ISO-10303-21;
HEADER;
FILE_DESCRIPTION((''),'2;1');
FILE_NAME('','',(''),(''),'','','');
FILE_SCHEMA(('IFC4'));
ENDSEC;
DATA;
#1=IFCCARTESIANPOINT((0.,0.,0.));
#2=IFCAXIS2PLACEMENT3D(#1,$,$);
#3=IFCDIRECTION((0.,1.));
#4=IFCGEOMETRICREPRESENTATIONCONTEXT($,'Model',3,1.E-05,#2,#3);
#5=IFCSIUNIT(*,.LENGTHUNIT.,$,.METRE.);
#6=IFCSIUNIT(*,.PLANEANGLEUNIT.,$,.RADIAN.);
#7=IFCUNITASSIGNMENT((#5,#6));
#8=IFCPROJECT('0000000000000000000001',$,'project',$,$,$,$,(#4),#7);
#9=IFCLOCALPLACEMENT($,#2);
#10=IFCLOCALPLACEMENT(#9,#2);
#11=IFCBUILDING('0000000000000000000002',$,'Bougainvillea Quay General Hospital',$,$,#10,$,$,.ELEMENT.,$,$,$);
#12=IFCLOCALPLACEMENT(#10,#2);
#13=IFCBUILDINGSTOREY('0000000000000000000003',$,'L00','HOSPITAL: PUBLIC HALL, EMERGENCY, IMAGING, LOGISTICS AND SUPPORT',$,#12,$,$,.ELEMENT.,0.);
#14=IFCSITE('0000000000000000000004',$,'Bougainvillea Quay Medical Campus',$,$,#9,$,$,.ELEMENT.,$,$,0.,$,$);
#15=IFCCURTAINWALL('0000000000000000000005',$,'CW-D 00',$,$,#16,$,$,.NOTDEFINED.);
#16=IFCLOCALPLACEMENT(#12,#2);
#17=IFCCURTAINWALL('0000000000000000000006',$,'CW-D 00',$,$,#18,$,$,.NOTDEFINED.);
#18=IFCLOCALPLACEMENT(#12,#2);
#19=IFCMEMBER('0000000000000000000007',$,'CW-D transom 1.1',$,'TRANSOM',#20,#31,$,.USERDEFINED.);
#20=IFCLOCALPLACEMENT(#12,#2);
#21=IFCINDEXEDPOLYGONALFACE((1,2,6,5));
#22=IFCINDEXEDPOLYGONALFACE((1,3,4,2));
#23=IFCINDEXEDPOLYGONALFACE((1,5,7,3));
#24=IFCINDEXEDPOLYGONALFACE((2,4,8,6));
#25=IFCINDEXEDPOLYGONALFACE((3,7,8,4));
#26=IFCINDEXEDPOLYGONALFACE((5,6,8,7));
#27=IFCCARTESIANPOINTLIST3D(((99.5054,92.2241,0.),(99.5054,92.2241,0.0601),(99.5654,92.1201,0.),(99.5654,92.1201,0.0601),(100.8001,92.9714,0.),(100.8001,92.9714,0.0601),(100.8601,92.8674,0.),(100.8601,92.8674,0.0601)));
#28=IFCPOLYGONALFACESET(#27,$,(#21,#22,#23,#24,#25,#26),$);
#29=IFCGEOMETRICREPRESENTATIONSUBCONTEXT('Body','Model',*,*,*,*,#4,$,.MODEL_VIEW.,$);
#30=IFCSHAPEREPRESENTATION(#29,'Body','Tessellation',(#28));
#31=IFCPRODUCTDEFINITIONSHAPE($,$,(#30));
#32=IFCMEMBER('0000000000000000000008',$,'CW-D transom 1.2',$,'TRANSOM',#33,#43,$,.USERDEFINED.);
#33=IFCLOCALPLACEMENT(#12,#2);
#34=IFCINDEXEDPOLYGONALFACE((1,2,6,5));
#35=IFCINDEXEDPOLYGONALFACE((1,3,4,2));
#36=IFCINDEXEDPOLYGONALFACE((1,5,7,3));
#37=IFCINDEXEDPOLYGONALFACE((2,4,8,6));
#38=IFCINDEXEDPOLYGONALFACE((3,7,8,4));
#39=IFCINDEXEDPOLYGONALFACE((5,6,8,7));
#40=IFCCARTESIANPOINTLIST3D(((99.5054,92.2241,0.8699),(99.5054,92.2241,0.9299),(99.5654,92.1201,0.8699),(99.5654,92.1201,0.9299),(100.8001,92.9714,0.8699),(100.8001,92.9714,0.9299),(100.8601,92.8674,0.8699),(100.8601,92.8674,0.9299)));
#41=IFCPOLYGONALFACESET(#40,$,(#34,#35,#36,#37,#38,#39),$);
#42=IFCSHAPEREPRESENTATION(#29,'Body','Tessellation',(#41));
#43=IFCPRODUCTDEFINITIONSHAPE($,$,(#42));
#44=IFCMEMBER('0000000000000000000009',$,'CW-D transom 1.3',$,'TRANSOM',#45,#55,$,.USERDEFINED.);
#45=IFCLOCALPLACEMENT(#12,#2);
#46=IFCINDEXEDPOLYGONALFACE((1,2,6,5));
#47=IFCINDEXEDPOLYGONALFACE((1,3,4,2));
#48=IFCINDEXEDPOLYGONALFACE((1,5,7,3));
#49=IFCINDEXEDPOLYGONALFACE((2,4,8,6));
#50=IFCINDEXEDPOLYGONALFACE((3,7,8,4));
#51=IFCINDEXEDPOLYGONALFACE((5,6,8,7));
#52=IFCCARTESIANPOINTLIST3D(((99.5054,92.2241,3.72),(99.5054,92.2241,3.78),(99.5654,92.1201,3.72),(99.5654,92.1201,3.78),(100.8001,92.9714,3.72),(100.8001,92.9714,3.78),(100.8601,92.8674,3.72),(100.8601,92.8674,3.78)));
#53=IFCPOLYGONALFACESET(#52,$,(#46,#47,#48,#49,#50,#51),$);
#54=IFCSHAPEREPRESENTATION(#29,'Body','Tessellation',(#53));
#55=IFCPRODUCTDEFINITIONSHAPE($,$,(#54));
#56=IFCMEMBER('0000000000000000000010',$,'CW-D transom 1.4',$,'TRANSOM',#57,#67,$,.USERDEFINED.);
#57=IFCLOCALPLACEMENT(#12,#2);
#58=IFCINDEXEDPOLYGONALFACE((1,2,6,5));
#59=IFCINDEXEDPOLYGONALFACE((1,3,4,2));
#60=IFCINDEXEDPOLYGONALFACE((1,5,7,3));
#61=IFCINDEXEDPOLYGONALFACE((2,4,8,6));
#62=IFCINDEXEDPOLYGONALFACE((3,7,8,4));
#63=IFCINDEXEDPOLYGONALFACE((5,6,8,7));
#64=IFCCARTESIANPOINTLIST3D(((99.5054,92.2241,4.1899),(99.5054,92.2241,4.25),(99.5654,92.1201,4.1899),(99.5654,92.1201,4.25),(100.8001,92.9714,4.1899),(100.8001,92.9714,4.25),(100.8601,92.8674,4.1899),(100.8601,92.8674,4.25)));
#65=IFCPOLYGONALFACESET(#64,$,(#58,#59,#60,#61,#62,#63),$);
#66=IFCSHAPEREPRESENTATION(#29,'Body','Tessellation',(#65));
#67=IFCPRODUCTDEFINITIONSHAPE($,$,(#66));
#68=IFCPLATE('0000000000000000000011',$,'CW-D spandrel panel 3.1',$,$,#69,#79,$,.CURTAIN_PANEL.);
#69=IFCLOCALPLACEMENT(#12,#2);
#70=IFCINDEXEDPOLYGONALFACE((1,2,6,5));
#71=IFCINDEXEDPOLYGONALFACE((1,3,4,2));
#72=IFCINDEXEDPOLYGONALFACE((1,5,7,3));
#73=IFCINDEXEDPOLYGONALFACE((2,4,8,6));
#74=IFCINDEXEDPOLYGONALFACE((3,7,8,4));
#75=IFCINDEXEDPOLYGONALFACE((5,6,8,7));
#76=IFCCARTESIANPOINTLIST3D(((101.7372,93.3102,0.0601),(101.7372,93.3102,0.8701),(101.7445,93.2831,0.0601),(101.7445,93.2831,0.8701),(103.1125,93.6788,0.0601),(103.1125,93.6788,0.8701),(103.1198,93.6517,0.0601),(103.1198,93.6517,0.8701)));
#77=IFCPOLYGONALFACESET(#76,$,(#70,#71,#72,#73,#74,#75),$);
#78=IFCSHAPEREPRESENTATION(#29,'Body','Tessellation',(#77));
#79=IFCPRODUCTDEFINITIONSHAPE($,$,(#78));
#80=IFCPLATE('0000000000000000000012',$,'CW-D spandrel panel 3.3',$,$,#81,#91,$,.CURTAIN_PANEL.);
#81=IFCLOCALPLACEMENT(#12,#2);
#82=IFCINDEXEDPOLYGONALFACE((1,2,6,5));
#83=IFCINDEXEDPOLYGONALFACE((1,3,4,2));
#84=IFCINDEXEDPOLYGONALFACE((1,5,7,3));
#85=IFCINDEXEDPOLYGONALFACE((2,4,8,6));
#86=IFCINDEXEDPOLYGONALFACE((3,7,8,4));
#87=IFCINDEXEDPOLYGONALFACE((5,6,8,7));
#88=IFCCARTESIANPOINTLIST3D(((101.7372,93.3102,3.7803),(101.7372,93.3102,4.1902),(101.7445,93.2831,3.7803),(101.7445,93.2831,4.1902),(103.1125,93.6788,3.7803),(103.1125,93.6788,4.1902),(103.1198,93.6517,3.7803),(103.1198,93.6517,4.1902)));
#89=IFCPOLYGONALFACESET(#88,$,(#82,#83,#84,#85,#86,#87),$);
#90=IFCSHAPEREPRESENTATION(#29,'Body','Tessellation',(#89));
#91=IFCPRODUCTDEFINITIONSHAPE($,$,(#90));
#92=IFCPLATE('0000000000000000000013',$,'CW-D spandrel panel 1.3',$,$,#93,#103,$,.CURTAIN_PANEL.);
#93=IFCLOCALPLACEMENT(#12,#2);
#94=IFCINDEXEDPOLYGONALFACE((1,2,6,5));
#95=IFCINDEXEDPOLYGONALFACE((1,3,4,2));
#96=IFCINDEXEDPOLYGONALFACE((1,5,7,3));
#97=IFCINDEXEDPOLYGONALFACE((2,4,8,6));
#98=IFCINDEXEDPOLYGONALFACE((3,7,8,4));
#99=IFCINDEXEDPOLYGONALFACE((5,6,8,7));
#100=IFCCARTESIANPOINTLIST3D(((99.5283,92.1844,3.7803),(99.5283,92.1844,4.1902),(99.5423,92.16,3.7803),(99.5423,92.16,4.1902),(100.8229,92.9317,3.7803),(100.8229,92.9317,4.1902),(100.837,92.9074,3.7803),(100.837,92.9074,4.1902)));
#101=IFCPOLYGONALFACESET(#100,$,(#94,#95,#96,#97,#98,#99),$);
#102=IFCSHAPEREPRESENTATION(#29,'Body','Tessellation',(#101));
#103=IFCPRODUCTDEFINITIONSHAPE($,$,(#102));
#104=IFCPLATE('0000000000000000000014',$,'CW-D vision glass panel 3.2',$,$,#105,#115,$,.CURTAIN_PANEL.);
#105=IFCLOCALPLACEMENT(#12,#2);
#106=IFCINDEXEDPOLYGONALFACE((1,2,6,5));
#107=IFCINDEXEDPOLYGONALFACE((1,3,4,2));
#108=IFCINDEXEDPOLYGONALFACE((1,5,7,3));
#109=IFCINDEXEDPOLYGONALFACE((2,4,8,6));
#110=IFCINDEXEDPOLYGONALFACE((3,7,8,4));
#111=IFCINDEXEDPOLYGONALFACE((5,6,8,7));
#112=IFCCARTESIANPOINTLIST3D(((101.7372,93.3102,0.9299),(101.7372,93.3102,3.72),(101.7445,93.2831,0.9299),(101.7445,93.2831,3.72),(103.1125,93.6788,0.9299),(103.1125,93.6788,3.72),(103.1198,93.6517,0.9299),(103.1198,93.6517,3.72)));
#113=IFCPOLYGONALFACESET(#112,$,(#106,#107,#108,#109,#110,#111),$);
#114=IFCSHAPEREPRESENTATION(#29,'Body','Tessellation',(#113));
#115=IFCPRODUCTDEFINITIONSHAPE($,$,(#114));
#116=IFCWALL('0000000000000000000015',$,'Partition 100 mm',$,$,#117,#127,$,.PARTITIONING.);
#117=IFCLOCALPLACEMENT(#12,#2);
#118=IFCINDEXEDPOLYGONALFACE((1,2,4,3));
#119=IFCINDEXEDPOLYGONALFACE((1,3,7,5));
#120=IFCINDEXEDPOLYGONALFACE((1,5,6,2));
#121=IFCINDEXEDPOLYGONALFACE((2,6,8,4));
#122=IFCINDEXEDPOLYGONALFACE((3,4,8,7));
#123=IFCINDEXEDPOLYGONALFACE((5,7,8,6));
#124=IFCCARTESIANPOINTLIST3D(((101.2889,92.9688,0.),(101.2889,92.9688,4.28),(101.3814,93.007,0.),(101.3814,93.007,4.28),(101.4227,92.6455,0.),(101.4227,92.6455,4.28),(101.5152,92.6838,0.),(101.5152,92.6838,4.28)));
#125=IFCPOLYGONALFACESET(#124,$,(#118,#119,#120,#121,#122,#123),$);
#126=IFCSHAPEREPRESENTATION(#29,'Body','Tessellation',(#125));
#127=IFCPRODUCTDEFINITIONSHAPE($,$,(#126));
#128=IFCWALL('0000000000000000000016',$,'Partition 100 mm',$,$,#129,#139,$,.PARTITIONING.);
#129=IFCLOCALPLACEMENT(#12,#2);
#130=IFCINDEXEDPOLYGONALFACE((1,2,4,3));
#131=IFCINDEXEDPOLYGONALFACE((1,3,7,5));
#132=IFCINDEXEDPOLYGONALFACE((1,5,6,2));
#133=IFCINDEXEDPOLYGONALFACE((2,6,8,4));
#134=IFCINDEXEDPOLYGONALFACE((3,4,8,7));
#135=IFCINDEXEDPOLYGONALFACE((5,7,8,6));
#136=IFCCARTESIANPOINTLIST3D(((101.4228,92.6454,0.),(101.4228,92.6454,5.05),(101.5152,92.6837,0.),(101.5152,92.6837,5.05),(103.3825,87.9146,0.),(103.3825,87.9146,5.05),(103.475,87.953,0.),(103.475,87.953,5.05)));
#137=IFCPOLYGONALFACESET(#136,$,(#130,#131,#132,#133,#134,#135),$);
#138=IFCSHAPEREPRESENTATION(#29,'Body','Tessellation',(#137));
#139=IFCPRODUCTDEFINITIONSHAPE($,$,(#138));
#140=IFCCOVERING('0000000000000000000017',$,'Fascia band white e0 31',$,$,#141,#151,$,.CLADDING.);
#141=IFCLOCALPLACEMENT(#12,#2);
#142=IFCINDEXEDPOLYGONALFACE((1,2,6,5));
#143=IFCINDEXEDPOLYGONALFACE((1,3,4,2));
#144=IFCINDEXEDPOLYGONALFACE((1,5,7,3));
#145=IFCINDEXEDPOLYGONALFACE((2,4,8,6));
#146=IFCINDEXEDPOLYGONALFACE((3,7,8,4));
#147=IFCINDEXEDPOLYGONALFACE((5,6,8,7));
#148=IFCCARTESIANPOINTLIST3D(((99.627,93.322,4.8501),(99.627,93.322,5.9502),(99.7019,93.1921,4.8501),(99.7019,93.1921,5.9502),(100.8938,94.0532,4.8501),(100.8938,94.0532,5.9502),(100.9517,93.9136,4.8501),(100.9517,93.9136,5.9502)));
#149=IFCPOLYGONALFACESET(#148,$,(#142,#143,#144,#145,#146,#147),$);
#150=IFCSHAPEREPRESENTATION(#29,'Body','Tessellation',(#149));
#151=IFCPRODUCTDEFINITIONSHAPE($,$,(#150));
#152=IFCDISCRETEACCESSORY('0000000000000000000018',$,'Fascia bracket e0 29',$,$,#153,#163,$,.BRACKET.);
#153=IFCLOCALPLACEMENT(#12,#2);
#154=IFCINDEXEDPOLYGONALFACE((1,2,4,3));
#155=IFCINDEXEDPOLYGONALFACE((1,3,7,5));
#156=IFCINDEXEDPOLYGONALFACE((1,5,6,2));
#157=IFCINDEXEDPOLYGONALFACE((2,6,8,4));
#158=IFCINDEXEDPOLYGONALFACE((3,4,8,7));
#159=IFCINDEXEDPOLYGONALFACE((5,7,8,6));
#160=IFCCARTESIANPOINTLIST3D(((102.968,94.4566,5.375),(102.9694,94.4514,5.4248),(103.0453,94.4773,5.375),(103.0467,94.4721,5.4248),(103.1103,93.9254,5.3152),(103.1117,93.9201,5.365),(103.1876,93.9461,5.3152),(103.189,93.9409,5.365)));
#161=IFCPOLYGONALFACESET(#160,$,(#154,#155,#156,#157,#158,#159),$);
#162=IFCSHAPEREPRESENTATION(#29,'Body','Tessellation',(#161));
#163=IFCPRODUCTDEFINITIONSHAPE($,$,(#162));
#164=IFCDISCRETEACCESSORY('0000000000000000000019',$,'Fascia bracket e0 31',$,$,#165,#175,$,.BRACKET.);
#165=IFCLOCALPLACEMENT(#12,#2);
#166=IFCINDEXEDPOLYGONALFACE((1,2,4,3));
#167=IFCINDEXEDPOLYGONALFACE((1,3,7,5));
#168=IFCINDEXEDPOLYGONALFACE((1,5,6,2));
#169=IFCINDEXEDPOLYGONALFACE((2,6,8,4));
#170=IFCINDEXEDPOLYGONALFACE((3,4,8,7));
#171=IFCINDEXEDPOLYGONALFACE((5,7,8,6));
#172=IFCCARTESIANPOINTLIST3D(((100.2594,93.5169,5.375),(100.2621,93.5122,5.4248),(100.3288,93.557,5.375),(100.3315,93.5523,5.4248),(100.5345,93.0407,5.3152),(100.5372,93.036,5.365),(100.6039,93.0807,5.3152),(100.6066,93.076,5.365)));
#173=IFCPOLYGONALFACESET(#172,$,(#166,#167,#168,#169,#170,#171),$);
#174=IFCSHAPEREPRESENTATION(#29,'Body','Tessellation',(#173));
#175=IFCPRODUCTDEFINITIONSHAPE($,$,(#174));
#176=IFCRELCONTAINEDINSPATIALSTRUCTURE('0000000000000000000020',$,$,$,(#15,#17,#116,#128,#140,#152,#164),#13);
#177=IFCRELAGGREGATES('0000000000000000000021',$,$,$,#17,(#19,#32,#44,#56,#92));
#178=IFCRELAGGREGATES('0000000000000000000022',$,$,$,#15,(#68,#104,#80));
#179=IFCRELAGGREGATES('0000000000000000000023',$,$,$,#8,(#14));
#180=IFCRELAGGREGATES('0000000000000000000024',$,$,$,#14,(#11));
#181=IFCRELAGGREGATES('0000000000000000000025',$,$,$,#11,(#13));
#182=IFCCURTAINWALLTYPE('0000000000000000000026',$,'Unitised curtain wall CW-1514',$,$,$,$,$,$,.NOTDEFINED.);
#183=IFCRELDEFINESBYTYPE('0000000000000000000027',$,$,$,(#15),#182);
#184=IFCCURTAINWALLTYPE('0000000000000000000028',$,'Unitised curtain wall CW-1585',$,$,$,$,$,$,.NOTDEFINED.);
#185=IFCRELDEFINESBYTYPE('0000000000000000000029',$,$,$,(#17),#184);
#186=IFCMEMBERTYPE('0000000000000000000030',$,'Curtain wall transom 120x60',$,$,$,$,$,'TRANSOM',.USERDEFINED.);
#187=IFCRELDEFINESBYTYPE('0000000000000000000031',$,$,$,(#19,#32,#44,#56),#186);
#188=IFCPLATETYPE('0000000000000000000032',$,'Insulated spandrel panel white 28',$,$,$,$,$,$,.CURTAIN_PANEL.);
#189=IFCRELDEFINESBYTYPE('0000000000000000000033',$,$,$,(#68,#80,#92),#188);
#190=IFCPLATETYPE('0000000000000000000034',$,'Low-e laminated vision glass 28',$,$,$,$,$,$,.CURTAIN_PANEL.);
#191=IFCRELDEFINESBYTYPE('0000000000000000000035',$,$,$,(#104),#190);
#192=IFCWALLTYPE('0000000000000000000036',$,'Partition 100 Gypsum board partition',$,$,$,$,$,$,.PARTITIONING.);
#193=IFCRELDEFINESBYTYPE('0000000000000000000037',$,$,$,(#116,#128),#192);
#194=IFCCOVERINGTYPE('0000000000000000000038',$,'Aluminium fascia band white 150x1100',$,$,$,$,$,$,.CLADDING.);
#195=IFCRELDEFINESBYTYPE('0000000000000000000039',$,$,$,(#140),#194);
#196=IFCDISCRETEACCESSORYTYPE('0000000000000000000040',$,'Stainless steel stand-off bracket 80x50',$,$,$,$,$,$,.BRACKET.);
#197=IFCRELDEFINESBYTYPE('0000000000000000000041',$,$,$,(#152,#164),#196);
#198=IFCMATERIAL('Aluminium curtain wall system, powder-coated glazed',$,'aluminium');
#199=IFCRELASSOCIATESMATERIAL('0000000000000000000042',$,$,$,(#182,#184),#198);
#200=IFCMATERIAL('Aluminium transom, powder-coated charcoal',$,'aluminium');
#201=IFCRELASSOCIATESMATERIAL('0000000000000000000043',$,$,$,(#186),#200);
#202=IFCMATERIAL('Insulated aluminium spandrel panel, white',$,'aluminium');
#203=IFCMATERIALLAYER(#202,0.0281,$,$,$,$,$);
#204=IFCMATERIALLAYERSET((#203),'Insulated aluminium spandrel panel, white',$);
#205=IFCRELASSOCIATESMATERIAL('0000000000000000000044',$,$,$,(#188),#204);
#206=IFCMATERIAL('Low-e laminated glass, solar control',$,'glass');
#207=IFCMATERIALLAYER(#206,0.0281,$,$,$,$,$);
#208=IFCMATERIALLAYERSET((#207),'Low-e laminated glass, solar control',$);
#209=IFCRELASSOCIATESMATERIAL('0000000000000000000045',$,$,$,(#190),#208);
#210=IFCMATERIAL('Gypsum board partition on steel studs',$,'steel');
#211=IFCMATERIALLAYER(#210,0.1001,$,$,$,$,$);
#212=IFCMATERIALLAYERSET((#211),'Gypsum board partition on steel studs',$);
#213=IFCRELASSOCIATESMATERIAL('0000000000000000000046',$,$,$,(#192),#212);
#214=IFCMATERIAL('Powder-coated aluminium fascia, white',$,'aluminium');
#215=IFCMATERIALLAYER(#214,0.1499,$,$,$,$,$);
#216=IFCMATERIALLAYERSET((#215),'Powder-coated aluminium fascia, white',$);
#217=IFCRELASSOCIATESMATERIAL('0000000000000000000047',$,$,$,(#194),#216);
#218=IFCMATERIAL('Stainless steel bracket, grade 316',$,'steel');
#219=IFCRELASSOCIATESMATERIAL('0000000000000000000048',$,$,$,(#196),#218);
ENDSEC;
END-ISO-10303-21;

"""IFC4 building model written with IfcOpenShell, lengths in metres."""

from ifc_helpers import new_model, si_unit, direction, frame, frame_2d, origin, origin_2d, place, context, subcontext, project, spatial, polyline, rectangle, outline, extrude, material, layer, layer_set, material_profile, profile_set, type_object, element, aggregate, save


model = new_model("IFC4")

# Units and contexts
model_context = context("Model", 3, precision=1e-05, world=origin(), true_north=direction((0.0, 1.0)))
body_context = subcontext(model_context, "Body", "Model", "MODEL_VIEW")
ifc_project = project(units=[si_unit("LENGTHUNIT", "METRE"), si_unit("PLANEANGLEUNIT", "RADIAN")], contexts=[model_context])

# Site, building, storey
site_placement = place(None, origin())
site = spatial("IfcSite", under=ifc_project, at=site_placement, Name="Bougainvillea Quay Medical Campus", CompositionType="ELEMENT", RefElevation=0.0)
building_placement = place(site_placement, origin())
building = spatial("IfcBuilding", under=site, at=building_placement, Name="Bougainvillea Quay General Hospital", CompositionType="ELEMENT")
storey_placement = place(building_placement, origin())
storey = spatial("IfcBuildingStorey", under=building, at=storey_placement, Name="L00", Description="HOSPITAL: PUBLIC HALL, EMERGENCY, IMAGING, LOGISTICS AND SUPPORT", CompositionType="ELEMENT", Elevation=0.0)

# Curtain wall
ifc_material_1 = material(Name="Aluminium curtain wall system, powder-coated glazed", Category="aluminium")
curtain_wall_type_1 = type_object("IfcCurtainWallType", Name="Unitised curtain wall CW-1514", PredefinedType="NOTDEFINED", material=ifc_material_1)
curtain_wall_1_placement = place(storey_placement, origin())
curtain_wall_1 = element("IfcCurtainWall", 1, at=curtain_wall_1_placement, inside=storey, type_object=curtain_wall_type_1, Name="CW-D 00", PredefinedType="NOTDEFINED")

# Curtain wall
curtain_wall_type_2 = type_object("IfcCurtainWallType", Name="Unitised curtain wall CW-1585", PredefinedType="NOTDEFINED", material=ifc_material_1)
curtain_wall_2_placement = place(storey_placement, origin())
curtain_wall_2 = element("IfcCurtainWall", 2, at=curtain_wall_2_placement, inside=storey, type_object=curtain_wall_type_2, Name="CW-D 00", PredefinedType="NOTDEFINED")

# Members
ifc_material_2 = material(Name="Aluminium transom, powder-coated charcoal", Category="aluminium")
ifc_material_profile_1 = material_profile(ifc_material_2, rectangle(XDim=0.1201, YDim=0.0601, at=origin_2d()))
ifc_profile_set_1 = profile_set([ifc_material_profile_1], Name="Aluminium transom, powder-coated charcoal")
member_type_1 = type_object("IfcMemberType", Name="Curtain wall transom 120x60", ElementType="TRANSOM", PredefinedType="USERDEFINED", material=ifc_profile_set_1)
member_1_placement = place(storey_placement, frame((100.8301, 92.9194, 0.03), z_axis=(-0.866074, -0.499916, 0.0), x_axis=(0.499916, -0.866074, 0.0)))
member_1 = element("IfcMember", 3, at=member_1_placement, type_object=member_type_1, Name="CW-D transom 1.1", ObjectType="TRANSOM", PredefinedType="USERDEFINED", context=body_context, shape_type="SweptSolid", body=[
    extrude(rectangle(XDim=0.1201, YDim=0.0601, at=origin_2d()), origin(), (0.0, 0.0, 1.0), 1.4949),
])
member_2_placement = place(storey_placement, frame((100.8301, 92.9194, 0.8999), z_axis=(-0.866074, -0.499916, 0.0), x_axis=(0.499916, -0.866074, 0.0)))
member_2 = element("IfcMember", 4, at=member_2_placement, type_object=member_type_1, Name="CW-D transom 1.2", ObjectType="TRANSOM", PredefinedType="USERDEFINED", context=body_context, shape_type="SweptSolid", body=[
    extrude(rectangle(XDim=0.1201, YDim=0.0601, at=origin_2d()), origin(), (0.0, 0.0, 1.0), 1.4949),
])
member_3_placement = place(storey_placement, frame((100.8301, 92.9194, 3.75), z_axis=(-0.866074, -0.499916, 0.0), x_axis=(0.499916, -0.866074, 0.0)))
member_3 = element("IfcMember", 5, at=member_3_placement, type_object=member_type_1, Name="CW-D transom 1.3", ObjectType="TRANSOM", PredefinedType="USERDEFINED", context=body_context, shape_type="SweptSolid", body=[
    extrude(rectangle(XDim=0.1201, YDim=0.0601, at=origin_2d()), origin(), (0.0, 0.0, 1.0), 1.4949),
])
member_4_placement = place(storey_placement, frame((100.8301, 92.9194, 4.22), z_axis=(-0.866074, -0.499916, 0.0), x_axis=(0.499916, -0.866074, 0.0)))
member_4 = element("IfcMember", 6, at=member_4_placement, type_object=member_type_1, Name="CW-D transom 1.4", ObjectType="TRANSOM", PredefinedType="USERDEFINED", context=body_context, shape_type="SweptSolid", body=[
    extrude(rectangle(XDim=0.1201, YDim=0.0601, at=origin_2d()), origin(), (0.0, 0.0, 1.0), 1.4949),
])

# Plates
ifc_material_3 = material(Name="Insulated aluminium spandrel panel, white", Category="aluminium")
ifc_layer_1 = layer(ifc_material_3, 0.0281)
ifc_layer_set_1 = layer_set([ifc_layer_1], Name="Insulated aluminium spandrel panel, white")
plate_type_1 = type_object("IfcPlateType", Name="Insulated spandrel panel white 28", PredefinedType="CURTAIN_PANEL", material=ifc_layer_set_1)
plate_1_placement = place(storey_placement, frame((102.4285, 93.481, 0.0601), z_axis=(0.0, 0.0, 1.0), x_axis=(-0.965916, -0.258855, 0.0)))
plate_1 = element("IfcPlate", 7, at=plate_1_placement, type_object=plate_type_1, Name="CW-D spandrel panel 3.1", PredefinedType="CURTAIN_PANEL", context=body_context, shape_type="SweptSolid", body=[
    extrude(rectangle(XDim=1.4238, YDim=0.0281, at=origin_2d()), origin(), (0.0, 0.0, 1.0), 0.8101),
])
plate_2_placement = place(storey_placement, frame((102.4285, 93.481, 3.7803), z_axis=(0.0, 0.0, 1.0), x_axis=(-0.965916, -0.258855, 0.0)))
plate_2 = element("IfcPlate", 8, at=plate_2_placement, type_object=plate_type_1, Name="CW-D spandrel panel 3.3", PredefinedType="CURTAIN_PANEL", context=body_context, shape_type="SweptSolid", body=[
    extrude(rectangle(XDim=1.4238, YDim=0.0281, at=origin_2d()), origin(), (0.0, 0.0, 1.0), 0.4099),
])
plate_3_placement = place(storey_placement, frame((100.1826, 92.5459, 3.7803), z_axis=(0.0, 0.0, 1.0), x_axis=(-0.866046, -0.499965, 0.0)))
plate_3 = element("IfcPlate", 9, at=plate_3_placement, type_object=plate_type_1, Name="CW-D spandrel panel 1.3", PredefinedType="CURTAIN_PANEL", context=body_context, shape_type="SweptSolid", body=[
    extrude(rectangle(XDim=1.4949, YDim=0.0281, at=origin_2d()), origin(), (0.0, 0.0, 1.0), 0.4099),
])
aggregate(curtain_wall_2, [member_1, member_2, member_3, member_4, plate_3])
ifc_material_4 = material(Name="Low-e laminated glass, solar control", Category="glass")
ifc_layer_2 = layer(ifc_material_4, 0.0281)
ifc_layer_set_2 = layer_set([ifc_layer_2], Name="Low-e laminated glass, solar control")
plate_type_2 = type_object("IfcPlateType", Name="Low-e laminated vision glass 28", PredefinedType="CURTAIN_PANEL", material=ifc_layer_set_2)
plate_4_placement = place(storey_placement, frame((102.4285, 93.481, 0.9299), z_axis=(0.0, 0.0, 1.0), x_axis=(-0.965916, -0.258855, 0.0)))
plate_4 = element("IfcPlate", 10, at=plate_4_placement, type_object=plate_type_2, Name="CW-D vision glass panel 3.2", PredefinedType="CURTAIN_PANEL", context=body_context, shape_type="SweptSolid", body=[
    extrude(rectangle(XDim=1.4238, YDim=0.0281, at=origin_2d()), origin(), (0.0, 0.0, 1.0), 2.79),
])
aggregate(curtain_wall_1, [plate_1, plate_4, plate_2])

# Walls
ifc_material_5 = material(Name="Gypsum board partition on steel studs", Category="steel")
ifc_layer_3 = layer(ifc_material_5, 0.1001)
ifc_layer_set_3 = layer_set([ifc_layer_3], Name="Gypsum board partition on steel studs")
wall_type = type_object("IfcWallType", Name="Partition 100 Gypsum board partition", PredefinedType="PARTITIONING", material=ifc_layer_set_3)
wall_1_placement = place(storey_placement, frame((101.3352, 92.9878, 0.0), z_axis=(0.0, 0.0, 1.0), x_axis=(0.382434, -0.923983, 0.0)))
element("IfcWall", 11, at=wall_1_placement, inside=storey, type_object=wall_type, Name="Partition 100 mm", PredefinedType="PARTITIONING", context=body_context, shape_type="SweptSolid", body=[
    extrude(rectangle(XDim=0.3499, YDim=0.1001, at=frame_2d((0.1748, 0.0))), origin(), (0.0, 0.0, 1.0), 4.28),
])
wall_2_placement = place(storey_placement, frame((101.469, 92.6646, 0.0), z_axis=(0.0, 0.0, 1.0), x_axis=(0.382715, -0.923866, 0.0)))
element("IfcWall", 12, at=wall_2_placement, inside=storey, type_object=wall_type, Name="Partition 100 mm", PredefinedType="PARTITIONING", context=body_context, shape_type="SweptSolid", body=[
    extrude(rectangle(XDim=5.1206, YDim=0.1001, at=frame_2d((2.5603, 0.0))), origin(), (0.0, 0.0, 1.0), 5.05),
])

# Covering
ifc_material_6 = material(Name="Powder-coated aluminium fascia, white", Category="aluminium")
ifc_layer_4 = layer(ifc_material_6, 0.1499)
ifc_layer_set_4 = layer_set([ifc_layer_4], Name="Powder-coated aluminium fascia, white")
covering_type = type_object("IfcCoveringType", Name="Aluminium fascia band white 150x1100", PredefinedType="CLADDING", material=ifc_layer_set_4)
covering_placement = place(storey_placement, frame((100.9517, 93.9136, 4.8501), z_axis=(0.0, 0.0, 1.0), x_axis=(-0.866059, -0.499942, 0.0)))
element("IfcCovering", 13, at=covering_placement, inside=storey, type_object=covering_type, Name="Fascia band white e0 31", PredefinedType="CLADDING", context=body_context, shape_type="SweptSolid", body=[
    extrude(outline(polyline([(0.0, 0.0), (1.443, 0.0), (1.443, -0.15), (-0.0197, -0.1499), (0.0, 0.0)])), origin(), (0.0, 0.0, 1.0), 1.1001),
])

# Discrete accessories
ifc_material_7 = material(Name="Stainless steel bracket, grade 316", Category="steel")
ifc_material_profile_2 = material_profile(ifc_material_7, rectangle(XDim=0.0801, YDim=0.05, at=origin_2d()))
ifc_profile_set_2 = profile_set([ifc_material_profile_2], Name="Stainless steel bracket, grade 316")
discrete_accessory_type = type_object("IfcDiscreteAccessoryType", Name="Stainless steel stand-off bracket 80x50", PredefinedType="BRACKET", material=ifc_profile_set_2)
for number, where, z_axis, x_axis, name in (
    (14, (103.1497, 93.9331, 5.3401), (-0.257278, 0.96027, 0.108119), (-0.965932, -0.258795, 0.0), "Fascia bracket e0 29"),
    (15, (100.5706, 93.0583, 5.3401), (-0.497265, 0.860838, 0.108101), (-0.865912, -0.500196, 0.0), "Fascia bracket e0 31"),
):
    element("IfcDiscreteAccessory", number, at=place(storey_placement, frame(where, z_axis=z_axis, x_axis=x_axis)), inside=storey, type_object=discrete_accessory_type, Name=name, PredefinedType="BRACKET", context=body_context, shape_type="SweptSolid", body=[
        extrude(rectangle(XDim=0.0801, YDim=0.05, at=origin_2d()), origin(), (0.0, 0.0, 1.0), 0.5532),
    ])

save(model, "model.ifc")
